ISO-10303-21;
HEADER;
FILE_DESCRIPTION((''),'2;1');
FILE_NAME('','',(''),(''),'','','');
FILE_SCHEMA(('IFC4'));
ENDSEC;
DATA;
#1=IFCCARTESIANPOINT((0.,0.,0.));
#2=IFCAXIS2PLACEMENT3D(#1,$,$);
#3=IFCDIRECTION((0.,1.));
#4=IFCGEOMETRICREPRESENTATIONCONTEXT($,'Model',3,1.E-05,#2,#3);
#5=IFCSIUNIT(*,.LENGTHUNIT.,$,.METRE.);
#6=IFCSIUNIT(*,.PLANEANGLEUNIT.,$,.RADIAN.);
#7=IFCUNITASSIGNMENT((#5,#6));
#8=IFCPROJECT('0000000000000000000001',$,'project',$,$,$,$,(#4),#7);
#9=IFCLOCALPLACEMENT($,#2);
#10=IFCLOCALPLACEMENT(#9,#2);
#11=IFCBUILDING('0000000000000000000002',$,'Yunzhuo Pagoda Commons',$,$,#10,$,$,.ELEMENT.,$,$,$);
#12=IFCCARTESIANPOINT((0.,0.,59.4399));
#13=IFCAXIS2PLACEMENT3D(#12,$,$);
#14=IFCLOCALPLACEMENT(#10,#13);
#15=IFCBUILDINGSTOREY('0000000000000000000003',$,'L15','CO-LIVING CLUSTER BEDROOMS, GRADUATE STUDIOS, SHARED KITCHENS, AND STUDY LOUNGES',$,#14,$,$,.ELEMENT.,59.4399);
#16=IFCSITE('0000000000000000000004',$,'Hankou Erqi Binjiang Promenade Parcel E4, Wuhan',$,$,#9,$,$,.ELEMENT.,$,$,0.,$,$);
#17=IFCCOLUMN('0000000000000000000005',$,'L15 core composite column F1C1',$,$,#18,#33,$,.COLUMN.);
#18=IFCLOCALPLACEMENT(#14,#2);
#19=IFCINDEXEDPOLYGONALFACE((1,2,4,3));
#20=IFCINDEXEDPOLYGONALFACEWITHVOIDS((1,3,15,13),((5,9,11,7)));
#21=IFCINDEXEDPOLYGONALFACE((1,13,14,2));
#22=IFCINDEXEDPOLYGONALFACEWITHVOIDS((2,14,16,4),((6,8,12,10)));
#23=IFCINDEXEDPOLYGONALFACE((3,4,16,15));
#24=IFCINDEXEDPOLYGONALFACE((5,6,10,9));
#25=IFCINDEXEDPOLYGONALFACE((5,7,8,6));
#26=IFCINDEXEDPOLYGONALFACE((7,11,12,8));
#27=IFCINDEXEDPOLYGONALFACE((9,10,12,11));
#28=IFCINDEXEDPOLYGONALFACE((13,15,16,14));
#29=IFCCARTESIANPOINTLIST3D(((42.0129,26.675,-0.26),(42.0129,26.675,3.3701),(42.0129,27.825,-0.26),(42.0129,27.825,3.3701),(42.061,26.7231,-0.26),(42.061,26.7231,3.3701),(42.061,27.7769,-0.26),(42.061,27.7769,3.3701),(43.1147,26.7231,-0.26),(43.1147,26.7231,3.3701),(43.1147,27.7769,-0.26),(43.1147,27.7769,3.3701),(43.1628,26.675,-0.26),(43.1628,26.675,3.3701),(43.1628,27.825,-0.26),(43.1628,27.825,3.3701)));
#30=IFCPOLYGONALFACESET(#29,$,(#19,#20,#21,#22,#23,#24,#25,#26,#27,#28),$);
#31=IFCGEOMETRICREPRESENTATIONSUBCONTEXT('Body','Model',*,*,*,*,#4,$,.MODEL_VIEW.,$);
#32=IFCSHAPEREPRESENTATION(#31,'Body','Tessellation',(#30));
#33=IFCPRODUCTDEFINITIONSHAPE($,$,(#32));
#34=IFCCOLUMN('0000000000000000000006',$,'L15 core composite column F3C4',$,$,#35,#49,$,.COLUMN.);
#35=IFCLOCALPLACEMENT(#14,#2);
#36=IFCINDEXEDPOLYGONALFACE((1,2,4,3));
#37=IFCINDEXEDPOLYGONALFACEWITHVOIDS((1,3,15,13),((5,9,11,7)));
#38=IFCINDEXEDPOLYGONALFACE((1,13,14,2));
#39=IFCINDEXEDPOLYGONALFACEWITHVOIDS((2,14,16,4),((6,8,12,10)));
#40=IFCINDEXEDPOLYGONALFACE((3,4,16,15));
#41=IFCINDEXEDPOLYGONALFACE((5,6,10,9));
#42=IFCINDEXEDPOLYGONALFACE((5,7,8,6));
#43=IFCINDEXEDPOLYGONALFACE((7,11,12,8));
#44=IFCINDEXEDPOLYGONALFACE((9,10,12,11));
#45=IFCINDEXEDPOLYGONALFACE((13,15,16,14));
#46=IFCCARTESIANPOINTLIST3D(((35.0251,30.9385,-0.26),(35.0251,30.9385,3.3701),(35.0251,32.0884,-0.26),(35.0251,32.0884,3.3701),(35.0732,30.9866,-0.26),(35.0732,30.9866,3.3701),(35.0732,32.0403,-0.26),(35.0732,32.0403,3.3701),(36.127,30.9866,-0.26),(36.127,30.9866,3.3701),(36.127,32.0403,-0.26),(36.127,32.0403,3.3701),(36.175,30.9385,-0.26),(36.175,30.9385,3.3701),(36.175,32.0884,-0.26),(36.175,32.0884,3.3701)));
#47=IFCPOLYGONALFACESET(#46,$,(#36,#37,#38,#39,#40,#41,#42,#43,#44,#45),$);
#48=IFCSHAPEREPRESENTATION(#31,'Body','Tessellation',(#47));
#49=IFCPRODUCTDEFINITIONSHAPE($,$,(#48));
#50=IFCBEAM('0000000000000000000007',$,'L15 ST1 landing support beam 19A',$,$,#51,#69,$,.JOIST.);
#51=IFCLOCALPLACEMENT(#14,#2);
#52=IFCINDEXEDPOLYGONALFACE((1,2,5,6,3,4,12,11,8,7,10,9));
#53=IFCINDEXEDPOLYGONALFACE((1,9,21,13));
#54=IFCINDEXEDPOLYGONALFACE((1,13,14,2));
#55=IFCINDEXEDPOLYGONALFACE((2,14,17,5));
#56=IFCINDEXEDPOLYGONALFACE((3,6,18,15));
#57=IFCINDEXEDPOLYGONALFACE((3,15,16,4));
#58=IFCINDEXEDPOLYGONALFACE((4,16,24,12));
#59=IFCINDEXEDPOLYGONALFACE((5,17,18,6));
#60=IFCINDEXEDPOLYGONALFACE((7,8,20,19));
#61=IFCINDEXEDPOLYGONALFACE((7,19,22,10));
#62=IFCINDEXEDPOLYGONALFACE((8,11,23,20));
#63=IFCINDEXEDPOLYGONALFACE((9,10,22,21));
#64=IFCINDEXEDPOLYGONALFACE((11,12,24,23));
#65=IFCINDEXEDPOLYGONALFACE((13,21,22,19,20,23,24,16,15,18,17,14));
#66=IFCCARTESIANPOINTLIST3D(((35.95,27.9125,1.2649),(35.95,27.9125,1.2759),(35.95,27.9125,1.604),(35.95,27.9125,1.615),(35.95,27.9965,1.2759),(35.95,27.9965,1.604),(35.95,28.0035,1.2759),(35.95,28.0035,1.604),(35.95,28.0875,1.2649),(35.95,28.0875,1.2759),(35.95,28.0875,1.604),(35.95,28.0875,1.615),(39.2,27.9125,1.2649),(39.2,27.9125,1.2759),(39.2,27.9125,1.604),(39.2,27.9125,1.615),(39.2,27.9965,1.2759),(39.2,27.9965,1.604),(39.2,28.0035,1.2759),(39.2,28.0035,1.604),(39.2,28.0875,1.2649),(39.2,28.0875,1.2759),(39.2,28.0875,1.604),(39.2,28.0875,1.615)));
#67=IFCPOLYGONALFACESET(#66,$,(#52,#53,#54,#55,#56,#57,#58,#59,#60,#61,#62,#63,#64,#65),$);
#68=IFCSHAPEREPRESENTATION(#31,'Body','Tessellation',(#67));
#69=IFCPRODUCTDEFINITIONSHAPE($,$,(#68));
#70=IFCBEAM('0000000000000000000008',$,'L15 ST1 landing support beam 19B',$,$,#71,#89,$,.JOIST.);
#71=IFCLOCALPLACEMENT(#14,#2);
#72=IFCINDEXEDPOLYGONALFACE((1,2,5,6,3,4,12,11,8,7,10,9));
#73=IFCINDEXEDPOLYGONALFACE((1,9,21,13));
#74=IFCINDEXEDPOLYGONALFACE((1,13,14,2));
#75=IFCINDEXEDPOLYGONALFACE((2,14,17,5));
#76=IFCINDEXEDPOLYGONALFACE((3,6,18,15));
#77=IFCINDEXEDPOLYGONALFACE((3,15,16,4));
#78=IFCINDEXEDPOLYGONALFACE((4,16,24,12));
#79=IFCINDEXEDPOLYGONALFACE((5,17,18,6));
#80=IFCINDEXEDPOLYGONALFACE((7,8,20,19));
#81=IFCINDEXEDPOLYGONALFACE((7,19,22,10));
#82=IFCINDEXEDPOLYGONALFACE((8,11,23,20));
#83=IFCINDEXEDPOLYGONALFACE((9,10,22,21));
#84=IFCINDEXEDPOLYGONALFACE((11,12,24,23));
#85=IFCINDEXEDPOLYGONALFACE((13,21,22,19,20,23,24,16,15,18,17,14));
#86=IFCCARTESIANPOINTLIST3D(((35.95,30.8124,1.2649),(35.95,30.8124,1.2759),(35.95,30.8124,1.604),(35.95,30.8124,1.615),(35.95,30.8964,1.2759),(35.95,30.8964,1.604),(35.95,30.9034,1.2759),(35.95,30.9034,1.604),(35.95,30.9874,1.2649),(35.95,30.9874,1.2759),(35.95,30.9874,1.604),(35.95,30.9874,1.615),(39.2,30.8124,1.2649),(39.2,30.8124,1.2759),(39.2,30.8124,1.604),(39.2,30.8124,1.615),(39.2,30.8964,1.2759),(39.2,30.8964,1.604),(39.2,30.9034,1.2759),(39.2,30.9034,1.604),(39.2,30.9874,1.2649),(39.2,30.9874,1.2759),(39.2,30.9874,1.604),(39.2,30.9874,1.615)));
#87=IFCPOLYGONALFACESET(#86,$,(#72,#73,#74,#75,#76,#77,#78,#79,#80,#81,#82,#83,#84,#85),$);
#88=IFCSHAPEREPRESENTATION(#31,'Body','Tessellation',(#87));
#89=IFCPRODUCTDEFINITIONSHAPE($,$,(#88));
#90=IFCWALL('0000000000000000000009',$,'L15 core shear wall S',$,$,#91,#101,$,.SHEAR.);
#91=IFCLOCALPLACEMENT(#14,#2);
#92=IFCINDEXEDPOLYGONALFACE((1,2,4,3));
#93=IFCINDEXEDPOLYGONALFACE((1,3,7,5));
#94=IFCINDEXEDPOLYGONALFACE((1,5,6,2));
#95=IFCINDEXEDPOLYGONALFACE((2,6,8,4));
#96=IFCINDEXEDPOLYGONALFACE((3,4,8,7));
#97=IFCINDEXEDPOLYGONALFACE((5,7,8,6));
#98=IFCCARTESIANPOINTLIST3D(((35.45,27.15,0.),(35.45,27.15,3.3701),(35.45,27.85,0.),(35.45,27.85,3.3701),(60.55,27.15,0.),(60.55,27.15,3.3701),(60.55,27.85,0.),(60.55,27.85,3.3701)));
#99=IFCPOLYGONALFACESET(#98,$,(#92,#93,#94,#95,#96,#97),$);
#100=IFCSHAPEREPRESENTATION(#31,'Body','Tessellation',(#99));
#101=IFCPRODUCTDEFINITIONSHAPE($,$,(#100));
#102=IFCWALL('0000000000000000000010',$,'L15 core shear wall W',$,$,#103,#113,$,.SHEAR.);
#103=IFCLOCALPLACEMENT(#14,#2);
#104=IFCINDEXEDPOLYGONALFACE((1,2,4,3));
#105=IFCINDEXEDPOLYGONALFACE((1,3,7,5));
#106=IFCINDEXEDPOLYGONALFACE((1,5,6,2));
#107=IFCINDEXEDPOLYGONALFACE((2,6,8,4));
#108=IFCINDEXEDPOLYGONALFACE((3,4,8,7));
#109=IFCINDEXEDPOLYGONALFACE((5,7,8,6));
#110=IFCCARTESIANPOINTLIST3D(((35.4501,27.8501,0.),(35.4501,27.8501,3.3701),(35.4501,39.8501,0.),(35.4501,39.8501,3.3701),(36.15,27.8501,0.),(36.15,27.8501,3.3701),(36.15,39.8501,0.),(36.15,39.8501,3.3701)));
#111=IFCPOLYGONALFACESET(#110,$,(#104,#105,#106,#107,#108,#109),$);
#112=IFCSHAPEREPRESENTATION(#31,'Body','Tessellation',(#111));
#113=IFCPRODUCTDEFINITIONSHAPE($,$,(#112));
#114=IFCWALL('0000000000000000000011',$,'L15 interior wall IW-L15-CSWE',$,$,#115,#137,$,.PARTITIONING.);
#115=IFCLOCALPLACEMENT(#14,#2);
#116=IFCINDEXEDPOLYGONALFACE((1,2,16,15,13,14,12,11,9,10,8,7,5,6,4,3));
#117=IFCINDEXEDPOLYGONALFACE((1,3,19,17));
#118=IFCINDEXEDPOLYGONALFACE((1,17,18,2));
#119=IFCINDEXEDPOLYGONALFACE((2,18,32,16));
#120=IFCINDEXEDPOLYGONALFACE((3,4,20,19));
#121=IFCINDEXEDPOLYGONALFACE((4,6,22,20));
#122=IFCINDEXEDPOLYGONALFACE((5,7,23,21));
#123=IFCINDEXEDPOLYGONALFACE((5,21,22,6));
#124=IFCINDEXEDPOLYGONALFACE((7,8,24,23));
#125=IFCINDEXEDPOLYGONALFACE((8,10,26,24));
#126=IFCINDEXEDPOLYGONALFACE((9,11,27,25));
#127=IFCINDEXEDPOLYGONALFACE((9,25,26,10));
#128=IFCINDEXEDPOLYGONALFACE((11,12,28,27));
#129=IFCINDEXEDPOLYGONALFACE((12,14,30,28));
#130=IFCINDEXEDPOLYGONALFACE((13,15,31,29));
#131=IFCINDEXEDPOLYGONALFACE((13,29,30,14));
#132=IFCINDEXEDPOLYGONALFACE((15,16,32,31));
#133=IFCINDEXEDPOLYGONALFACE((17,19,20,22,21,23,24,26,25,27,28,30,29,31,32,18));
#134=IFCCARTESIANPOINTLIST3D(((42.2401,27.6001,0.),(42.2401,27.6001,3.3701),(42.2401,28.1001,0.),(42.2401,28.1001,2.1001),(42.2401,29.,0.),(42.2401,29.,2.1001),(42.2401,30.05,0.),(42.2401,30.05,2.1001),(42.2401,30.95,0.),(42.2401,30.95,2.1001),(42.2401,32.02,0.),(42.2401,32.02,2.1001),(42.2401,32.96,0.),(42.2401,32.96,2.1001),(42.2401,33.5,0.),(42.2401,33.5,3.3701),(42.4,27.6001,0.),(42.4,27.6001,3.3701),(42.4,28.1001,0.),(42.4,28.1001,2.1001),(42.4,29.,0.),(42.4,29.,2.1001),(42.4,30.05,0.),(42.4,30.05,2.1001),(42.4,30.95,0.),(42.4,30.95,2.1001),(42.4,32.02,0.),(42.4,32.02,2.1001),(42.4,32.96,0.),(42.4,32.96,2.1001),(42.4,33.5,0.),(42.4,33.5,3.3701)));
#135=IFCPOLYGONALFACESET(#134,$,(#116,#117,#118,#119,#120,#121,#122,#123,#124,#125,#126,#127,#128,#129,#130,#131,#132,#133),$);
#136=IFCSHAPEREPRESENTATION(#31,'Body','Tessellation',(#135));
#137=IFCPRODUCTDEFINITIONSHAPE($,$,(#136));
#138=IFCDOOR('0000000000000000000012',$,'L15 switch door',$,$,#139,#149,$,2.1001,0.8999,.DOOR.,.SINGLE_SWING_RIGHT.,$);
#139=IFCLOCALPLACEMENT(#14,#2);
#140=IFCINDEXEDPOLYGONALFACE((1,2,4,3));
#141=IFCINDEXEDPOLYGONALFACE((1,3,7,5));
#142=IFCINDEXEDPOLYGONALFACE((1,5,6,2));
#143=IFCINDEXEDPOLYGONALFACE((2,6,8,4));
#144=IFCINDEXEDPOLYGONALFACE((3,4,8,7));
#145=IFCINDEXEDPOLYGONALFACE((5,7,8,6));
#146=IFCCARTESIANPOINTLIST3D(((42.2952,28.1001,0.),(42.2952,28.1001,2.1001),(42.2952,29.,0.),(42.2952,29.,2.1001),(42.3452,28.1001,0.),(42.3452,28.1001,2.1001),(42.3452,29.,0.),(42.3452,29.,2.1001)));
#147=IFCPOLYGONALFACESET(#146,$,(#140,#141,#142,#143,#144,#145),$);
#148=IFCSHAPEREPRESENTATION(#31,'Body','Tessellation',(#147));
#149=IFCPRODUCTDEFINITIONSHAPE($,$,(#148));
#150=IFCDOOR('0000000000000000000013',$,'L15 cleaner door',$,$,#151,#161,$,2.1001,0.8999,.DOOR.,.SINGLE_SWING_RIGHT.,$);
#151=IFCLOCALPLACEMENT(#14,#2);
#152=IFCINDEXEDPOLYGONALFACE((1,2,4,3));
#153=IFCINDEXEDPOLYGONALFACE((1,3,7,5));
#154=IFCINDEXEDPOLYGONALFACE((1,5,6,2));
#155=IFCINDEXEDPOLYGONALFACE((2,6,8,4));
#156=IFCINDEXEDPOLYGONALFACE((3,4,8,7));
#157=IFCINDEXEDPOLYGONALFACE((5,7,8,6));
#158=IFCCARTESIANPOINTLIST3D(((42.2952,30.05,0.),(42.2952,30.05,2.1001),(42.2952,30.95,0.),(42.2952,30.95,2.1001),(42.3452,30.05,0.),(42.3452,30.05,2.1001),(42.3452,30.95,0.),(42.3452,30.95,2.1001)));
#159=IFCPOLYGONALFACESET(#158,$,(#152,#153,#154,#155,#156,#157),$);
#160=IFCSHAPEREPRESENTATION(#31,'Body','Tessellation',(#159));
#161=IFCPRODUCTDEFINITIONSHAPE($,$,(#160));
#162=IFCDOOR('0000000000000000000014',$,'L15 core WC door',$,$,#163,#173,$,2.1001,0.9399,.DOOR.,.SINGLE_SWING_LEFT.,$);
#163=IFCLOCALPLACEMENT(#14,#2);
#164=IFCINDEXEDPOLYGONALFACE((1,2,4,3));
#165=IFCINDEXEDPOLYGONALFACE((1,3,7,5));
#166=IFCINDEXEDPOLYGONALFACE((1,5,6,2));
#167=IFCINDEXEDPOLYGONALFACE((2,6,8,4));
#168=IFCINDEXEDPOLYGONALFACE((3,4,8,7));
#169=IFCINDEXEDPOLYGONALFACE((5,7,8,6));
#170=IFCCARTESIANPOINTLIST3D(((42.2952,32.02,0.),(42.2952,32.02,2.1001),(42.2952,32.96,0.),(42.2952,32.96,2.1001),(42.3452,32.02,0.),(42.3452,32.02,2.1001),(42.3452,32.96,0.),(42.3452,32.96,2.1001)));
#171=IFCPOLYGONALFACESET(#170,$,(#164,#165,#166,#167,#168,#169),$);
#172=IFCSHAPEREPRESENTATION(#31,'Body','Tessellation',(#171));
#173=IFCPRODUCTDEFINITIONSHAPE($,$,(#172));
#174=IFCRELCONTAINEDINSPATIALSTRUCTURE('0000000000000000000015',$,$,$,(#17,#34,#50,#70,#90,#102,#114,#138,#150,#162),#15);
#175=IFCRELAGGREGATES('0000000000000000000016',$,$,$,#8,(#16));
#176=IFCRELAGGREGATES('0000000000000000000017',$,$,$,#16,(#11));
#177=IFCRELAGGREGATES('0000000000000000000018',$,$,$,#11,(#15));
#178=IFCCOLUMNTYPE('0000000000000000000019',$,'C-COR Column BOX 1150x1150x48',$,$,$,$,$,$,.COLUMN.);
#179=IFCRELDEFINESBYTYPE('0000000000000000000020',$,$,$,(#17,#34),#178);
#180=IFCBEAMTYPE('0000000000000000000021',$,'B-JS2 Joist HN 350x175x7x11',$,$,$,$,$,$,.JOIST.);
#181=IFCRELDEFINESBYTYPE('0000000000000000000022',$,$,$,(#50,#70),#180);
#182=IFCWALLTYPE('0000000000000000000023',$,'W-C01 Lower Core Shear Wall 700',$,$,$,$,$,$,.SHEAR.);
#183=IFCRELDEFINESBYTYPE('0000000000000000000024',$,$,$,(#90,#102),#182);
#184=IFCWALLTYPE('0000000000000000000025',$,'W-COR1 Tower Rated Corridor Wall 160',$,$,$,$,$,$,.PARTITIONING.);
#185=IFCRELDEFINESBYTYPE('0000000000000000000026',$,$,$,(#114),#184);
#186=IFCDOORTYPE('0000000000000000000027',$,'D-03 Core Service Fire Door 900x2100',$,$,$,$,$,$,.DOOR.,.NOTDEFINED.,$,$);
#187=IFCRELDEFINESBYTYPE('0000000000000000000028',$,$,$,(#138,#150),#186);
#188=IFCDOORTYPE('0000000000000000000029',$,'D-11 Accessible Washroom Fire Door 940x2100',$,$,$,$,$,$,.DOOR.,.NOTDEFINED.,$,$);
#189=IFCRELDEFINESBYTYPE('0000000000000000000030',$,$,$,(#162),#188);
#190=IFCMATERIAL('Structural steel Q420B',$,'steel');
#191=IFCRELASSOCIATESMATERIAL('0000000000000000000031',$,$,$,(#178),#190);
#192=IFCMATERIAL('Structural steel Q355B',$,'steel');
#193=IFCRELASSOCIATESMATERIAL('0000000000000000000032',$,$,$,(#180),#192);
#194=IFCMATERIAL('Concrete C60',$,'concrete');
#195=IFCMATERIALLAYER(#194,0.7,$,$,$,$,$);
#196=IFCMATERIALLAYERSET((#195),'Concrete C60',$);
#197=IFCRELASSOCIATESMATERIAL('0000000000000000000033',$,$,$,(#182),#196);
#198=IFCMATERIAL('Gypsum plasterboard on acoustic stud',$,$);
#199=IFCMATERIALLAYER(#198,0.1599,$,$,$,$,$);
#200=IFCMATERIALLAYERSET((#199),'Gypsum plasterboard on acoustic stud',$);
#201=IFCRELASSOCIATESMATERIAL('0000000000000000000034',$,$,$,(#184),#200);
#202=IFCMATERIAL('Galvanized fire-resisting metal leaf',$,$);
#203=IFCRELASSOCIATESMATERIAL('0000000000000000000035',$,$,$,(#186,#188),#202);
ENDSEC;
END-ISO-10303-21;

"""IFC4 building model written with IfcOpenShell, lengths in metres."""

from ifc_helpers import new_model, si_unit, direction, frame, frame_2d, origin, origin_with_axes, origin_2d, place, context, subcontext, project, spatial, rectangle, hollow_rectangle, i_section, extrude, source, transform, mapped, material, layer, layer_set, material_profile, profile_set, type_object, element, fill, save


model = new_model("IFC4")

# Units and contexts
model_context = context("Model", 3, precision=1e-05, world=origin(), true_north=direction((0.0, 1.0)))
body_context = subcontext(model_context, "Body", "Model", "MODEL_VIEW")
ifc_project = project(units=[si_unit("LENGTHUNIT", "METRE"), si_unit("PLANEANGLEUNIT", "RADIAN")], contexts=[model_context])

# Site, building, storey
site_placement = place(None, origin())
site = spatial("IfcSite", under=ifc_project, at=site_placement, Name="Hankou Erqi Binjiang Promenade Parcel E4, Wuhan", CompositionType="ELEMENT", RefElevation=0.0)
building_placement = place(site_placement, origin())
building = spatial("IfcBuilding", under=site, at=building_placement, Name="Yunzhuo Pagoda Commons", CompositionType="ELEMENT")
storey_placement = place(building_placement, frame((0.0, 0.0, 59.4399)))
storey = spatial("IfcBuildingStorey", under=building, at=storey_placement, Name="L15", Description="CO-LIVING CLUSTER BEDROOMS, GRADUATE STUDIOS, SHARED KITCHENS, AND STUDY LOUNGES", CompositionType="ELEMENT", Elevation=59.4399)

# Columns
ifc_material_1 = material(Name="Structural steel Q420B", Category="steel")
ifc_material_profile_1 = material_profile(ifc_material_1, hollow_rectangle(XDim=1.1499, YDim=1.1499, WallThickness=0.0481, at=origin_2d()), Name="Structural steel Q420B")
ifc_profile_set_1 = profile_set([ifc_material_profile_1], Name="Structural steel Q420B")
column_type = type_object("IfcColumnType", Name="C-COR Column BOX 1150x1150x48", PredefinedType="COLUMN", material=ifc_profile_set_1)
shared_shape_1 = source(origin(), body_context, "Body", "SweptSolid", [
    extrude(hollow_rectangle(XDim=1.1499, YDim=1.1499, WallThickness=0.0481, at=origin_2d()), origin(), (0.0, 0.0, 1.0), 3.6301),
])
for number, where, z_axis, x_axis, name in (
    (1, (42.5879, 27.25, -0.26), (0.0, 0.0, 1.0), (1.0, 0.0, 0.0), "L15 core composite column F1C1"),
    (2, (35.6001, 31.5134, -0.26), (0.0, 0.0, 1.0), (1.0, 0.0, 0.0), "L15 core composite column F3C4"),
):
    element("IfcColumn", number, at=place(storey_placement, frame(where, z_axis=z_axis, x_axis=x_axis)), inside=storey, type_object=column_type, Name=name, PredefinedType="COLUMN", context=body_context, shape_type="MappedRepresentation", body=[
        mapped(shared_shape_1, transform((0.0, 0.0, 0.0), scale=1.0)),
    ])

# Beams
ifc_material_2 = material(Name="Structural steel Q355B", Category="steel")
ifc_material_profile_2 = material_profile(ifc_material_2, i_section(OverallWidth=0.175, OverallDepth=0.3501, WebThickness=0.0071, FlangeThickness=0.011, at=origin_2d()), Name="Structural steel Q355B")
ifc_profile_set_2 = profile_set([ifc_material_profile_2], Name="Structural steel Q355B")
beam_type = type_object("IfcBeamType", Name="B-JS2 Joist HN 350x175x7x11", PredefinedType="JOIST", material=ifc_profile_set_2)
shared_shape_2 = source(origin(), body_context, "Body", "SweptSolid", [
    extrude(i_section(OverallWidth=0.175, OverallDepth=0.3501, WebThickness=0.0071, FlangeThickness=0.011, at=origin_2d()), origin(), (0.0, 0.0, 1.0), 3.25),
])
for number, where, z_axis, x_axis, name in (
    (3, (35.95, 28.0, 1.4399), (1.0, 0.0, 0.0), (0.0, 1.0, 0.0), "L15 ST1 landing support beam 19A"),
    (4, (35.95, 30.8999, 1.4399), (1.0, 0.0, 0.0), (0.0, 1.0, 0.0), "L15 ST1 landing support beam 19B"),
):
    element("IfcBeam", number, at=place(storey_placement, frame(where, z_axis=z_axis, x_axis=x_axis)), inside=storey, type_object=beam_type, Name=name, PredefinedType="JOIST", context=body_context, shape_type="MappedRepresentation", body=[
        mapped(shared_shape_2, transform((0.0, 0.0, 0.0), scale=1.0)),
    ])

# Walls
ifc_material_3 = material(Name="Concrete C60", Category="concrete")
ifc_layer_1 = layer(ifc_material_3, 0.7)
ifc_layer_set_1 = layer_set([ifc_layer_1], Name="Concrete C60")
wall_type_1 = type_object("IfcWallType", Name="W-C01 Lower Core Shear Wall 700", PredefinedType="SHEAR", material=ifc_layer_set_1)
wall_1_placement = place(storey_placement, frame((35.45, 27.5, 0.0), z_axis=(0.0, 0.0, 1.0), x_axis=(1.0, 0.0, 0.0)))
element("IfcWall", 5, at=wall_1_placement, inside=storey, type_object=wall_type_1, Name="L15 core shear wall S", PredefinedType="SHEAR", context=body_context, shape_type="SweptSolid", body=[
    extrude(rectangle(XDim=25.1001, YDim=0.7, at=frame_2d((12.55, 0.0))), origin(), (0.0, 0.0, 1.0), 3.3701),
])
wall_2_placement = place(storey_placement, frame((35.8, 27.8501, 0.0), z_axis=(0.0, 0.0, 1.0), x_axis=(0.0, 1.0, 0.0)))
element("IfcWall", 6, at=wall_2_placement, inside=storey, type_object=wall_type_1, Name="L15 core shear wall W", PredefinedType="SHEAR", context=body_context, shape_type="SweptSolid", body=[
    extrude(rectangle(XDim=12.0, YDim=0.7, at=frame_2d((6.0, 0.0))), origin(), (0.0, 0.0, 1.0), 3.3701),
])

# Wall, openings, doors
ifc_material_4 = material(Name="Gypsum plasterboard on acoustic stud")
ifc_layer_2 = layer(ifc_material_4, 0.1599)
ifc_layer_set_2 = layer_set([ifc_layer_2], Name="Gypsum plasterboard on acoustic stud")
wall_type_2 = type_object("IfcWallType", Name="W-COR1 Tower Rated Corridor Wall 160", PredefinedType="PARTITIONING", material=ifc_layer_set_2)
wall_3_placement = place(storey_placement, frame((42.3201, 27.6001, 0.0), z_axis=(0.0, 0.0, 1.0), x_axis=(0.0, 1.0, 0.0)))
wall_3 = element("IfcWall", 7, at=wall_3_placement, inside=storey, type_object=wall_type_2, Name="L15 interior wall IW-L15-CSWE", PredefinedType="PARTITIONING", context=body_context, shape_type="SweptSolid", body=[
    extrude(rectangle(XDim=5.8999, YDim=0.1599, at=frame_2d((2.95, 0.0))), origin(), (0.0, 0.0, 1.0), 3.3701),
])
opening_1_placement = place(wall_3_placement, frame((0.5, 0.0, 0.0)))
opening_1 = element("IfcOpeningElement", 8, at=opening_1_placement, cuts=wall_3, PredefinedType="OPENING", context=body_context, shape_type="SweptSolid", body=[
    extrude(rectangle(XDim=0.8999, YDim=2.1001, at=frame_2d((0.45, 1.05))), frame((0.0, 0.0898, 0.0), z_axis=(0.0, -1.0, 0.0), x_axis=(1.0, 0.0, 0.0)), (0.0, 0.0, 1.0), 0.1799),
])
opening_2_placement = place(wall_3_placement, frame((2.45, 0.0, 0.0)))
opening_2 = element("IfcOpeningElement", 9, at=opening_2_placement, cuts=wall_3, PredefinedType="OPENING", context=body_context, shape_type="SweptSolid", body=[
    extrude(rectangle(XDim=0.8999, YDim=2.1001, at=frame_2d((0.45, 1.05))), frame((0.0, 0.0898, 0.0), z_axis=(0.0, -1.0, 0.0), x_axis=(1.0, 0.0, 0.0)), (0.0, 0.0, 1.0), 0.1799),
])
opening_3_placement = place(wall_3_placement, frame((4.4199, 0.0, 0.0)))
opening_3 = element("IfcOpeningElement", 10, at=opening_3_placement, cuts=wall_3, PredefinedType="OPENING", context=body_context, shape_type="SweptSolid", body=[
    extrude(rectangle(XDim=0.9399, YDim=2.1001, at=frame_2d((0.47, 1.05))), frame((0.0, 0.0898, 0.0), z_axis=(0.0, -1.0, 0.0), x_axis=(1.0, 0.0, 0.0)), (0.0, 0.0, 1.0), 0.1799),
])
ifc_material_5 = material(Name="Galvanized fire-resisting metal leaf")
door_type_1 = type_object("IfcDoorType", Name="D-03 Core Service Fire Door 900x2100", OperationType="NOTDEFINED", PredefinedType="DOOR", material=ifc_material_5)
shared_shape_3 = source(origin(), body_context, "Body", "SweptSolid", [
    extrude(rectangle(XDim=0.8999, YDim=2.1001, at=frame_2d((0.45, 1.05))), frame((0.0, 0.0249, 0.0), z_axis=(0.0, -1.0, 0.0), x_axis=(1.0, 0.0, 0.0)), (0.0, 0.0, 1.0), 0.05),
])
door_1_placement = place(opening_1_placement, origin_with_axes())
door_1 = element("IfcDoor", 11, at=door_1_placement, inside=storey, type_object=door_type_1, Name="L15 switch door", OperationType="SINGLE_SWING_RIGHT", OverallHeight=2.1001, OverallWidth=0.8999, PredefinedType="DOOR", context=body_context, shape_type="MappedRepresentation", body=[
    mapped(shared_shape_3, transform((0.0, 0.0, 0.0), scale=1.0)),
])
fill(opening_1, door_1)
door_2_placement = place(opening_2_placement, origin_with_axes())
door_2 = element("IfcDoor", 12, at=door_2_placement, inside=storey, type_object=door_type_1, Name="L15 cleaner door", OperationType="SINGLE_SWING_RIGHT", OverallHeight=2.1001, OverallWidth=0.8999, PredefinedType="DOOR", context=body_context, shape_type="MappedRepresentation", body=[
    mapped(shared_shape_3, transform((0.0, 0.0, 0.0), scale=1.0)),
])
fill(opening_2, door_2)
door_type_2 = type_object("IfcDoorType", Name="D-11 Accessible Washroom Fire Door 940x2100", OperationType="NOTDEFINED", PredefinedType="DOOR", material=ifc_material_5)
shared_shape_4 = source(origin(), body_context, "Body", "SweptSolid", [
    extrude(rectangle(XDim=0.9399, YDim=2.1001, at=frame_2d((0.47, 1.05))), frame((0.0, 0.0249, 0.0), z_axis=(0.0, -1.0, 0.0), x_axis=(1.0, 0.0, 0.0)), (0.0, 0.0, 1.0), 0.05),
])
door_3_placement = place(opening_3_placement, origin_with_axes())
door_3 = element("IfcDoor", 13, at=door_3_placement, inside=storey, type_object=door_type_2, Name="L15 core WC door", OperationType="SINGLE_SWING_LEFT", OverallHeight=2.1001, OverallWidth=0.9399, PredefinedType="DOOR", context=body_context, shape_type="MappedRepresentation", body=[
    mapped(shared_shape_4, transform((0.0, 0.0, 0.0), scale=1.0)),
])
fill(opening_3, door_3)

save(model, "model.ifc")
